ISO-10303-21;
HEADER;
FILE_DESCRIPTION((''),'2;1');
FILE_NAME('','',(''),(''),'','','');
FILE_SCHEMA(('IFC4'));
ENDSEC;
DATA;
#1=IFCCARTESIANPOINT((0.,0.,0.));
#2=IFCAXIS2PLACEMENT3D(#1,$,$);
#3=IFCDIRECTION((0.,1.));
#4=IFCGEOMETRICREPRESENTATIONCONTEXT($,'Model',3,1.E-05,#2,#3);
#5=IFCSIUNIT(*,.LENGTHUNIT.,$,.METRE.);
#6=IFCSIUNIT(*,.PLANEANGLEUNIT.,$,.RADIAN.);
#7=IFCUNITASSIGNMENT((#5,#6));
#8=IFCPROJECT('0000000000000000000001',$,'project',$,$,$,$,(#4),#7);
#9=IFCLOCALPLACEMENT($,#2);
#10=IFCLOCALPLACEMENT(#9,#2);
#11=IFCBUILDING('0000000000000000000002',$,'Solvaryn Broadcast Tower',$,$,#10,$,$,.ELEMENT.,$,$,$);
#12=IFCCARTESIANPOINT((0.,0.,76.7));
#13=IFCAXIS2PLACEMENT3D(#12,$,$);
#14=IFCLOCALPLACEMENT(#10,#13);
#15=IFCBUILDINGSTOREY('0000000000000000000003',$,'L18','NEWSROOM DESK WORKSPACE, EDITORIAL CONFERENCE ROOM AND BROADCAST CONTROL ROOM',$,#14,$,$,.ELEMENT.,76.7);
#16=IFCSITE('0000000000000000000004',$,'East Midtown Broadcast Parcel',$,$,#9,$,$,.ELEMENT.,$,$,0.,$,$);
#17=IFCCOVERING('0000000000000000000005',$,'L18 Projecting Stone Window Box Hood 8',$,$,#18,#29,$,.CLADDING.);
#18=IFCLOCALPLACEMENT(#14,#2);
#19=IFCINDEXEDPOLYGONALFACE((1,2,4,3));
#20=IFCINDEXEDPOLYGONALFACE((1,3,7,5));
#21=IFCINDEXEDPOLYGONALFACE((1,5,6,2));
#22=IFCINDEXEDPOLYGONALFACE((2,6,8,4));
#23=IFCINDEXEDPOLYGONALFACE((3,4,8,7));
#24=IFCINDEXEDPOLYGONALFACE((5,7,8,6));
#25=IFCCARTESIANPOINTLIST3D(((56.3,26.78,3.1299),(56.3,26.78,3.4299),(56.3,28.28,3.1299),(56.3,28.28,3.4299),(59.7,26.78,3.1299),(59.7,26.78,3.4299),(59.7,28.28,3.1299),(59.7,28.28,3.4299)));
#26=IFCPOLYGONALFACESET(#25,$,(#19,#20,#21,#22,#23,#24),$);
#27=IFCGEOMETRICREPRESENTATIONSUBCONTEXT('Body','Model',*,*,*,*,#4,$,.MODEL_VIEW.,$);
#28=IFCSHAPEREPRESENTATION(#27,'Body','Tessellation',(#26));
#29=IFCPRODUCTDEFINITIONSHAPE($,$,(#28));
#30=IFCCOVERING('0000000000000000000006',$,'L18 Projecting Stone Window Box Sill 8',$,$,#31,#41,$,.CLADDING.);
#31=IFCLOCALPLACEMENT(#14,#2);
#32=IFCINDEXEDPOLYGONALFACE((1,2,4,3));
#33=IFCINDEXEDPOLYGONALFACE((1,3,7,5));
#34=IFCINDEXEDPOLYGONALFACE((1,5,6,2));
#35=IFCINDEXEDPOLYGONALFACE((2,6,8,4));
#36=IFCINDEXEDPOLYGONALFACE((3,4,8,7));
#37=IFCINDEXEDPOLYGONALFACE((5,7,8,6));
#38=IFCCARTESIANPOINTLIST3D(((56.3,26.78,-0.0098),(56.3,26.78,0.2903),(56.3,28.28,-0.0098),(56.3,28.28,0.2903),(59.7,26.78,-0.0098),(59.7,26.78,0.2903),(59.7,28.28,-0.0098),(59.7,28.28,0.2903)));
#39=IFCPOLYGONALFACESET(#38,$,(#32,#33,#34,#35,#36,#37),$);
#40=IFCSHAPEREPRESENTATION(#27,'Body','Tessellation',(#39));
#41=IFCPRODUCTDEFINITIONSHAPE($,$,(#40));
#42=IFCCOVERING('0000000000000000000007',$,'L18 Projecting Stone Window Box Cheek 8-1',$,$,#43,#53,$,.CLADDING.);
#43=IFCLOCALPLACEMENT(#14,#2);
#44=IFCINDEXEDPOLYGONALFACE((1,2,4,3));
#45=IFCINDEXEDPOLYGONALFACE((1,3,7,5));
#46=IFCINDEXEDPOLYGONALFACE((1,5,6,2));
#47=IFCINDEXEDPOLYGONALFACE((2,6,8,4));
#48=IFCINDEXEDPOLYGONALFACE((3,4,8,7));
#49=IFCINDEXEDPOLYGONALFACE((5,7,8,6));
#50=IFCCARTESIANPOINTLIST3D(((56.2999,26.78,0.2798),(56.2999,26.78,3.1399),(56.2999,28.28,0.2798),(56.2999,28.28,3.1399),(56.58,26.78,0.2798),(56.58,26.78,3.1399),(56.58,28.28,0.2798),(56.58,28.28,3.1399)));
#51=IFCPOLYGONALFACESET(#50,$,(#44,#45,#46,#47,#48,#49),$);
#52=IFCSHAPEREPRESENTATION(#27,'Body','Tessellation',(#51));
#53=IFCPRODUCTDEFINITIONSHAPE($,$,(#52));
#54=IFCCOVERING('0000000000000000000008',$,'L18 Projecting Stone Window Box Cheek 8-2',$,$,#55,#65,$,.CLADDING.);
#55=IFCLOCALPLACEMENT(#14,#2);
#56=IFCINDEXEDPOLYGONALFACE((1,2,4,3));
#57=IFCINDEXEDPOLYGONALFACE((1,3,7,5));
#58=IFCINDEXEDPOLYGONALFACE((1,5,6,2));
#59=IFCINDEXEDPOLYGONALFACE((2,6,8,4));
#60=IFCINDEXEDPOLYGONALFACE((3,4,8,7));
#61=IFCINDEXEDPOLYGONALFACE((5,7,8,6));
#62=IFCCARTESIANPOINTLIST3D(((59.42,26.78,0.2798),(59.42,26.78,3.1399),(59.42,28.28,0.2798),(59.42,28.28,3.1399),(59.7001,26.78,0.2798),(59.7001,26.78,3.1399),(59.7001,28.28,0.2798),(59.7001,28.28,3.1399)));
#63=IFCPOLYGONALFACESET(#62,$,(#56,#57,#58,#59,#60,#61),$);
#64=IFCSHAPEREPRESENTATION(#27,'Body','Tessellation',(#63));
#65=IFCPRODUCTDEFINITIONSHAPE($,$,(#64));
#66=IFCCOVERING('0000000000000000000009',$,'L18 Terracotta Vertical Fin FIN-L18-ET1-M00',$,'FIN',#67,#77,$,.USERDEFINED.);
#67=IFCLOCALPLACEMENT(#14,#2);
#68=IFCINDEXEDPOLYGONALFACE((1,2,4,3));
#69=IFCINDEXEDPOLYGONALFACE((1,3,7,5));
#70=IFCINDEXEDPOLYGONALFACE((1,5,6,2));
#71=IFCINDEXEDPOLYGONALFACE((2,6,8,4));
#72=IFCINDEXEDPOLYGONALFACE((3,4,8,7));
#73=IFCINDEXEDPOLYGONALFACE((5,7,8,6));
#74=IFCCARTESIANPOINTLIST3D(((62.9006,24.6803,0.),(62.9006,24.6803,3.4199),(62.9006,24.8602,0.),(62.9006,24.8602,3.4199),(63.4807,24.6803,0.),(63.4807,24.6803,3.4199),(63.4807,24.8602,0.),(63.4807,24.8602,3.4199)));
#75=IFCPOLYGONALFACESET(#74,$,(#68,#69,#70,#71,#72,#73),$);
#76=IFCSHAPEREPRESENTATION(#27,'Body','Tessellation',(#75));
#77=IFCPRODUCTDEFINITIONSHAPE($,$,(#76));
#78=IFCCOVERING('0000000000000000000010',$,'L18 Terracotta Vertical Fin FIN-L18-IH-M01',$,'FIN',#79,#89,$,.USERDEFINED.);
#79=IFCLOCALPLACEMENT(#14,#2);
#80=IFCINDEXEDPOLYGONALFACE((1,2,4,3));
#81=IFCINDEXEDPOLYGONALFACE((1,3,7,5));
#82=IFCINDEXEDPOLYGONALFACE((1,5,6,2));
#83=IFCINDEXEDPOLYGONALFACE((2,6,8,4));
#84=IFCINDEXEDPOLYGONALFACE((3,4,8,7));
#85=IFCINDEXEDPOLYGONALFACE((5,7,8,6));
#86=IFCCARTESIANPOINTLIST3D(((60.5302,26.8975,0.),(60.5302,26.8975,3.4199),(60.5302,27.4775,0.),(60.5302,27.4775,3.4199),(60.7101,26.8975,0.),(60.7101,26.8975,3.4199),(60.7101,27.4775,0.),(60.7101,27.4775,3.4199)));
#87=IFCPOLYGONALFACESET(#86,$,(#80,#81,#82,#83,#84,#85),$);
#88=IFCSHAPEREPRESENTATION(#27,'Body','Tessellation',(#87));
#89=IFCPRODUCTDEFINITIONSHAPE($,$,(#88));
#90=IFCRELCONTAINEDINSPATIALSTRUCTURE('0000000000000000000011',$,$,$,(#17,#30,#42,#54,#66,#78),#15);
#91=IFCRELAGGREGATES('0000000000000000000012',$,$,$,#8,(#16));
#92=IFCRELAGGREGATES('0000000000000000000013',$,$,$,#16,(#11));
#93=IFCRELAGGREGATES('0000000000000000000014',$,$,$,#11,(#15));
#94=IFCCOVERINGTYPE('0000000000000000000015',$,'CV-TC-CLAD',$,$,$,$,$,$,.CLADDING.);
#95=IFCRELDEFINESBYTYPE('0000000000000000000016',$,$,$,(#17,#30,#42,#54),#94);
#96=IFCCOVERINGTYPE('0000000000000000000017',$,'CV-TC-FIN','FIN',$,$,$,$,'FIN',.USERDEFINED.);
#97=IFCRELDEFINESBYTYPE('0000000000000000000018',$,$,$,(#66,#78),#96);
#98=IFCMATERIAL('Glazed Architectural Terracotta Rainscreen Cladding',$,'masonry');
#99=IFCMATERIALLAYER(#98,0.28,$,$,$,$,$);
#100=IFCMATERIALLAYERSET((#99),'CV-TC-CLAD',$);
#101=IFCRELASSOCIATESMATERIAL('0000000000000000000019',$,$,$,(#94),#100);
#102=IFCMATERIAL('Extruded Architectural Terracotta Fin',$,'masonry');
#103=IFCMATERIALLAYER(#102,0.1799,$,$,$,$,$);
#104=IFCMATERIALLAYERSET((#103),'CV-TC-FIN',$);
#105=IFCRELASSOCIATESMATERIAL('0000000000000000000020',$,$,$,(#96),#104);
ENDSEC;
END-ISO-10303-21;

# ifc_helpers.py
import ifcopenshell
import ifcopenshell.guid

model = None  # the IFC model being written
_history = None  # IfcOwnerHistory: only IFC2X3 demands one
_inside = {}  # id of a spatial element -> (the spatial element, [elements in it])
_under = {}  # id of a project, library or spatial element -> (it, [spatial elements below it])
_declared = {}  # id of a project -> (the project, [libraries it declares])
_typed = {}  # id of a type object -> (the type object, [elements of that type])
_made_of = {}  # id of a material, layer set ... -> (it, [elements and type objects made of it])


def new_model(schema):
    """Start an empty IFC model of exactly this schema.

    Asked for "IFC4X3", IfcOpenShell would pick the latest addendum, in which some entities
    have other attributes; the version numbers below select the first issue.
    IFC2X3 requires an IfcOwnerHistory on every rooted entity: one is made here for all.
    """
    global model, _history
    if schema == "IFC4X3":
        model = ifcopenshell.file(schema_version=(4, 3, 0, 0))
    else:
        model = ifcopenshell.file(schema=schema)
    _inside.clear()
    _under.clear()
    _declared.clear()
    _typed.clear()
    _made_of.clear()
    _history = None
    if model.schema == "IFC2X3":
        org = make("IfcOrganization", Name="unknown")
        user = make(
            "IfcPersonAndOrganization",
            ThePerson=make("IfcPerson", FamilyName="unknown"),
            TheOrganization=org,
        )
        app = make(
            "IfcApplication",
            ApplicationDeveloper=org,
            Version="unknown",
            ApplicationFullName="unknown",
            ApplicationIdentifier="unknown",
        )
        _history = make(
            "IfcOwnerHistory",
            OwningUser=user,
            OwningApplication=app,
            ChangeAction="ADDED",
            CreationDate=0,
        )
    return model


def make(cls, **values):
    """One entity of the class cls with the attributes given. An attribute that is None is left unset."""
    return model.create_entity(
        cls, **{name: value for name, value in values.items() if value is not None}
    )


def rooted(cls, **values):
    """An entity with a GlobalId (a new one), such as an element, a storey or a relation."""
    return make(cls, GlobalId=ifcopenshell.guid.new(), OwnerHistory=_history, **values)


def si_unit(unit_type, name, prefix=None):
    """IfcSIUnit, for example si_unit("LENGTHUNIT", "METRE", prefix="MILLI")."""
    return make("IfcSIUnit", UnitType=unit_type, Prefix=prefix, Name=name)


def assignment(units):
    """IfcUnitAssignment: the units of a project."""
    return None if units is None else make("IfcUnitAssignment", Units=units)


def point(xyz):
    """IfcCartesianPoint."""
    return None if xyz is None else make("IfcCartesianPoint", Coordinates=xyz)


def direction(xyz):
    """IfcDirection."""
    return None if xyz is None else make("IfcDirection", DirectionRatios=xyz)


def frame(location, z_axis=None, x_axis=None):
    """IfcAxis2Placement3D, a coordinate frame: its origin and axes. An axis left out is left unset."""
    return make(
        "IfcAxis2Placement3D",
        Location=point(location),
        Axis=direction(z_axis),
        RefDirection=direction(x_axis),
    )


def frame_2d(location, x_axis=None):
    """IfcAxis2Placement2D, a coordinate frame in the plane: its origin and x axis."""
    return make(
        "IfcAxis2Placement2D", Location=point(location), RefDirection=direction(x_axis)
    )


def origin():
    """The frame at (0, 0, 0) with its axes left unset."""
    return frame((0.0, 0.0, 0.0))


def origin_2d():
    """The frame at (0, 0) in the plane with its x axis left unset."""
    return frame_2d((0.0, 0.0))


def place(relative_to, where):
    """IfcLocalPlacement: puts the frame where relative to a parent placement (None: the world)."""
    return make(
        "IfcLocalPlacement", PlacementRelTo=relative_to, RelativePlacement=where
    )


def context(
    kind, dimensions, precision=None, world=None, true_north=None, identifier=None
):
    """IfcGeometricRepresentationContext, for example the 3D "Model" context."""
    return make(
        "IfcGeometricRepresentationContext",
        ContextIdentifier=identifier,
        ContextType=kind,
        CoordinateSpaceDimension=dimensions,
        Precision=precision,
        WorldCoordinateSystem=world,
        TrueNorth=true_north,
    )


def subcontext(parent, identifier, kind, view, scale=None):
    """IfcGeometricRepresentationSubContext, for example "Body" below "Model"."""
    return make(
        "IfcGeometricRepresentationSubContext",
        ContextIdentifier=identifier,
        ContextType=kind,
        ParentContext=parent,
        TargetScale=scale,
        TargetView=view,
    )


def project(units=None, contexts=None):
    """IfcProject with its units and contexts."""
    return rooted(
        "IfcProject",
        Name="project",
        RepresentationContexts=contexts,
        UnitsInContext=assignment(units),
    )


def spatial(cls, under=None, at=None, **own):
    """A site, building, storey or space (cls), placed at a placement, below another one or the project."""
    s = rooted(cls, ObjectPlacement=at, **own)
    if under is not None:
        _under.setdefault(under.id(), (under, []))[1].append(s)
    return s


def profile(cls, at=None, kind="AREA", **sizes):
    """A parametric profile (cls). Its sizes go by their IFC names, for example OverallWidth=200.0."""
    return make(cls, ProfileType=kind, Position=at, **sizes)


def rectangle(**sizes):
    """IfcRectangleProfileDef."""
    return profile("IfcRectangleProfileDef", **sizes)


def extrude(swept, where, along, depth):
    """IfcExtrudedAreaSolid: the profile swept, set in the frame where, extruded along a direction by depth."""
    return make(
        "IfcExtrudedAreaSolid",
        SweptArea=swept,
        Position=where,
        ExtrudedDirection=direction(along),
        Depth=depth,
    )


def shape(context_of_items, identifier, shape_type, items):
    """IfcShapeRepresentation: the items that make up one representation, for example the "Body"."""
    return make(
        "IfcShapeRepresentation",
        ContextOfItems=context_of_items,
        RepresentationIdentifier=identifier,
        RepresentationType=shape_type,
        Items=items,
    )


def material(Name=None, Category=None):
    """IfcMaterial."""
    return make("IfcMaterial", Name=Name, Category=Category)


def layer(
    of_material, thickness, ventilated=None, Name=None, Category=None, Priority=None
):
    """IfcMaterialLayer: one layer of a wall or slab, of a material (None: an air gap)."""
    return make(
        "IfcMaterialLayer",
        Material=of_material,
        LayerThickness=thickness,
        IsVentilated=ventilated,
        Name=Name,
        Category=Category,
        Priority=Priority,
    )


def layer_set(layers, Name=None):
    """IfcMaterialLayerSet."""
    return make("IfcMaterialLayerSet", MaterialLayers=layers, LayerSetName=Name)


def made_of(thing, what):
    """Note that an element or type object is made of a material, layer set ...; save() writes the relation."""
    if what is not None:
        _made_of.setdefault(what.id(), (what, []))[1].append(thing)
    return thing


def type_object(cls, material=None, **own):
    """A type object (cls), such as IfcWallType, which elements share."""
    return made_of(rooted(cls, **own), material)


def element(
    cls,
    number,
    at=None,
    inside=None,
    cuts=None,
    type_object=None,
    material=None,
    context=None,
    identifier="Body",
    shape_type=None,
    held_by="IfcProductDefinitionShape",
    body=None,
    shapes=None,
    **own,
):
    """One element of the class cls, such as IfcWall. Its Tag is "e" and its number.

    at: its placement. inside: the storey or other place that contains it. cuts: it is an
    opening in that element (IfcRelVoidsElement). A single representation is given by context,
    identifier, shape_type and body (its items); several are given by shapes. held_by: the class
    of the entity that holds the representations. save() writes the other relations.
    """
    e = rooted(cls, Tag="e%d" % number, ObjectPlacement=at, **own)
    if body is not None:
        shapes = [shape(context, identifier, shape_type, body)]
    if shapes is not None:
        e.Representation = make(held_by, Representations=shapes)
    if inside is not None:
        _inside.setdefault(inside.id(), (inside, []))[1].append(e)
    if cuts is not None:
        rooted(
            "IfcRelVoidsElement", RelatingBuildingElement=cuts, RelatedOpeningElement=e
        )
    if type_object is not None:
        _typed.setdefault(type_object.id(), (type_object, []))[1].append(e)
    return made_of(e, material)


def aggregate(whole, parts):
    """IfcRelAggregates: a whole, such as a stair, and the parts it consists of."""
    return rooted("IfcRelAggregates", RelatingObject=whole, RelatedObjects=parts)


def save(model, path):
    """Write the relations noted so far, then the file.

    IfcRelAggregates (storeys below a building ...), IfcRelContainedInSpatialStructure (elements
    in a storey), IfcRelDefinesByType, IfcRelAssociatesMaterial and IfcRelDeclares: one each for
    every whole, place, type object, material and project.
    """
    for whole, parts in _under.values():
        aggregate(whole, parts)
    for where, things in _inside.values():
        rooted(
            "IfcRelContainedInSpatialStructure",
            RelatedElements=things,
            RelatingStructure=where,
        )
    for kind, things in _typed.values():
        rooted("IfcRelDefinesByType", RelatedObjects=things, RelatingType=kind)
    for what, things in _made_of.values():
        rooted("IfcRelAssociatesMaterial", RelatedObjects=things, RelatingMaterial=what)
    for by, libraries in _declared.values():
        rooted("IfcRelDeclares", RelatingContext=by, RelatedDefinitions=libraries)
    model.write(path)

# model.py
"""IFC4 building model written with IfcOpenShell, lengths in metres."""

from ifc_helpers import new_model, si_unit, direction, frame, origin, origin_2d, place, context, subcontext, project, spatial, rectangle, extrude, material, layer, layer_set, type_object, element, save


model = new_model("IFC4")

# Units and contexts
model_context = context("Model", 3, precision=1e-05, world=origin(), true_north=direction((0.0, 1.0)))
body_context = subcontext(model_context, "Body", "Model", "MODEL_VIEW")
ifc_project = project(units=[si_unit("LENGTHUNIT", "METRE"), si_unit("PLANEANGLEUNIT", "RADIAN")], contexts=[model_context])

# Site, building, storey
site_placement = place(None, origin())
site = spatial("IfcSite", under=ifc_project, at=site_placement, Name="East Midtown Broadcast Parcel", CompositionType="ELEMENT", RefElevation=0.0)
building_placement = place(site_placement, origin())
building = spatial("IfcBuilding", under=site, at=building_placement, Name="Solvaryn Broadcast Tower", CompositionType="ELEMENT")
storey_placement = place(building_placement, frame((0.0, 0.0, 76.7)))
storey = spatial("IfcBuildingStorey", under=building, at=storey_placement, Name="L18", Description="NEWSROOM DESK WORKSPACE, EDITORIAL CONFERENCE ROOM AND BROADCAST CONTROL ROOM", CompositionType="ELEMENT", Elevation=76.7)

# Coverings
ifc_material_1 = material(Name="Glazed Architectural Terracotta Rainscreen Cladding", Category="masonry")
ifc_layer_1 = layer(ifc_material_1, 0.28)
ifc_layer_set_1 = layer_set([ifc_layer_1], Name="CV-TC-CLAD")
covering_type_1 = type_object("IfcCoveringType", Name="CV-TC-CLAD", PredefinedType="CLADDING", material=ifc_layer_set_1)
for number, where, z_axis, x_axis, name in (
    (1, (58.0, 27.53, 3.1299), (0.0, 0.0, 1.0), (1.0, 0.0, 0.0), "L18 Projecting Stone Window Box Hood 8"),
    (2, (58.0, 27.53, -0.0098), (0.0, 0.0, 1.0), (1.0, 0.0, 0.0), "L18 Projecting Stone Window Box Sill 8"),
):
    element("IfcCovering", number, at=place(storey_placement, frame(where, z_axis=z_axis, x_axis=x_axis)), inside=storey, type_object=covering_type_1, Name=name, PredefinedType="CLADDING", context=body_context, shape_type="SweptSolid", body=[
        extrude(rectangle(XDim=3.3999, YDim=1.5, at=origin_2d()), origin(), (0.0, 0.0, 1.0), 0.3),
    ])
for number, where, z_axis, x_axis, name in (
    (3, (56.4399, 27.53, 0.2798), (0.0, 0.0, 1.0), (1.0, 0.0, 0.0), "L18 Projecting Stone Window Box Cheek 8-1"),
    (4, (59.5601, 27.53, 0.2798), (0.0, 0.0, 1.0), (1.0, 0.0, 0.0), "L18 Projecting Stone Window Box Cheek 8-2"),
):
    element("IfcCovering", number, at=place(storey_placement, frame(where, z_axis=z_axis, x_axis=x_axis)), inside=storey, type_object=covering_type_1, Name=name, PredefinedType="CLADDING", context=body_context, shape_type="SweptSolid", body=[
        extrude(rectangle(XDim=0.28, YDim=1.5, at=origin_2d()), origin(), (0.0, 0.0, 1.0), 2.8601),
    ])
ifc_material_2 = material(Name="Extruded Architectural Terracotta Fin", Category="masonry")
ifc_layer_2 = layer(ifc_material_2, 0.1799)
ifc_layer_set_2 = layer_set([ifc_layer_2], Name="CV-TC-FIN")
covering_type_2 = type_object("IfcCoveringType", Name="CV-TC-FIN", Description="FIN", ElementType="FIN", PredefinedType="USERDEFINED", material=ifc_layer_set_2)
covering_1_placement = place(storey_placement, frame((63.1907, 24.7703, 0.0), z_axis=(0.0, 0.0, 1.0), x_axis=(1.0, 0.0, 0.0)))
element("IfcCovering", 5, at=covering_1_placement, inside=storey, type_object=covering_type_2, Name="L18 Terracotta Vertical Fin FIN-L18-ET1-M00", ObjectType="FIN", PredefinedType="USERDEFINED", context=body_context, shape_type="SweptSolid", body=[
    extrude(rectangle(XDim=0.5801, YDim=0.1799, at=origin_2d()), origin(), (0.0, 0.0, 1.0), 3.4199),
])
covering_2_placement = place(storey_placement, frame((60.6201, 27.1875, 0.0), z_axis=(0.0, 0.0, 1.0), x_axis=(1.0, 0.0, 0.0)))
element("IfcCovering", 6, at=covering_2_placement, inside=storey, type_object=covering_type_2, Name="L18 Terracotta Vertical Fin FIN-L18-IH-M01", ObjectType="FIN", PredefinedType="USERDEFINED", context=body_context, shape_type="SweptSolid", body=[
    extrude(rectangle(XDim=0.1799, YDim=0.5801, at=origin_2d()), origin(), (0.0, 0.0, 1.0), 3.4199),
])

save(model, "model.ifc")
